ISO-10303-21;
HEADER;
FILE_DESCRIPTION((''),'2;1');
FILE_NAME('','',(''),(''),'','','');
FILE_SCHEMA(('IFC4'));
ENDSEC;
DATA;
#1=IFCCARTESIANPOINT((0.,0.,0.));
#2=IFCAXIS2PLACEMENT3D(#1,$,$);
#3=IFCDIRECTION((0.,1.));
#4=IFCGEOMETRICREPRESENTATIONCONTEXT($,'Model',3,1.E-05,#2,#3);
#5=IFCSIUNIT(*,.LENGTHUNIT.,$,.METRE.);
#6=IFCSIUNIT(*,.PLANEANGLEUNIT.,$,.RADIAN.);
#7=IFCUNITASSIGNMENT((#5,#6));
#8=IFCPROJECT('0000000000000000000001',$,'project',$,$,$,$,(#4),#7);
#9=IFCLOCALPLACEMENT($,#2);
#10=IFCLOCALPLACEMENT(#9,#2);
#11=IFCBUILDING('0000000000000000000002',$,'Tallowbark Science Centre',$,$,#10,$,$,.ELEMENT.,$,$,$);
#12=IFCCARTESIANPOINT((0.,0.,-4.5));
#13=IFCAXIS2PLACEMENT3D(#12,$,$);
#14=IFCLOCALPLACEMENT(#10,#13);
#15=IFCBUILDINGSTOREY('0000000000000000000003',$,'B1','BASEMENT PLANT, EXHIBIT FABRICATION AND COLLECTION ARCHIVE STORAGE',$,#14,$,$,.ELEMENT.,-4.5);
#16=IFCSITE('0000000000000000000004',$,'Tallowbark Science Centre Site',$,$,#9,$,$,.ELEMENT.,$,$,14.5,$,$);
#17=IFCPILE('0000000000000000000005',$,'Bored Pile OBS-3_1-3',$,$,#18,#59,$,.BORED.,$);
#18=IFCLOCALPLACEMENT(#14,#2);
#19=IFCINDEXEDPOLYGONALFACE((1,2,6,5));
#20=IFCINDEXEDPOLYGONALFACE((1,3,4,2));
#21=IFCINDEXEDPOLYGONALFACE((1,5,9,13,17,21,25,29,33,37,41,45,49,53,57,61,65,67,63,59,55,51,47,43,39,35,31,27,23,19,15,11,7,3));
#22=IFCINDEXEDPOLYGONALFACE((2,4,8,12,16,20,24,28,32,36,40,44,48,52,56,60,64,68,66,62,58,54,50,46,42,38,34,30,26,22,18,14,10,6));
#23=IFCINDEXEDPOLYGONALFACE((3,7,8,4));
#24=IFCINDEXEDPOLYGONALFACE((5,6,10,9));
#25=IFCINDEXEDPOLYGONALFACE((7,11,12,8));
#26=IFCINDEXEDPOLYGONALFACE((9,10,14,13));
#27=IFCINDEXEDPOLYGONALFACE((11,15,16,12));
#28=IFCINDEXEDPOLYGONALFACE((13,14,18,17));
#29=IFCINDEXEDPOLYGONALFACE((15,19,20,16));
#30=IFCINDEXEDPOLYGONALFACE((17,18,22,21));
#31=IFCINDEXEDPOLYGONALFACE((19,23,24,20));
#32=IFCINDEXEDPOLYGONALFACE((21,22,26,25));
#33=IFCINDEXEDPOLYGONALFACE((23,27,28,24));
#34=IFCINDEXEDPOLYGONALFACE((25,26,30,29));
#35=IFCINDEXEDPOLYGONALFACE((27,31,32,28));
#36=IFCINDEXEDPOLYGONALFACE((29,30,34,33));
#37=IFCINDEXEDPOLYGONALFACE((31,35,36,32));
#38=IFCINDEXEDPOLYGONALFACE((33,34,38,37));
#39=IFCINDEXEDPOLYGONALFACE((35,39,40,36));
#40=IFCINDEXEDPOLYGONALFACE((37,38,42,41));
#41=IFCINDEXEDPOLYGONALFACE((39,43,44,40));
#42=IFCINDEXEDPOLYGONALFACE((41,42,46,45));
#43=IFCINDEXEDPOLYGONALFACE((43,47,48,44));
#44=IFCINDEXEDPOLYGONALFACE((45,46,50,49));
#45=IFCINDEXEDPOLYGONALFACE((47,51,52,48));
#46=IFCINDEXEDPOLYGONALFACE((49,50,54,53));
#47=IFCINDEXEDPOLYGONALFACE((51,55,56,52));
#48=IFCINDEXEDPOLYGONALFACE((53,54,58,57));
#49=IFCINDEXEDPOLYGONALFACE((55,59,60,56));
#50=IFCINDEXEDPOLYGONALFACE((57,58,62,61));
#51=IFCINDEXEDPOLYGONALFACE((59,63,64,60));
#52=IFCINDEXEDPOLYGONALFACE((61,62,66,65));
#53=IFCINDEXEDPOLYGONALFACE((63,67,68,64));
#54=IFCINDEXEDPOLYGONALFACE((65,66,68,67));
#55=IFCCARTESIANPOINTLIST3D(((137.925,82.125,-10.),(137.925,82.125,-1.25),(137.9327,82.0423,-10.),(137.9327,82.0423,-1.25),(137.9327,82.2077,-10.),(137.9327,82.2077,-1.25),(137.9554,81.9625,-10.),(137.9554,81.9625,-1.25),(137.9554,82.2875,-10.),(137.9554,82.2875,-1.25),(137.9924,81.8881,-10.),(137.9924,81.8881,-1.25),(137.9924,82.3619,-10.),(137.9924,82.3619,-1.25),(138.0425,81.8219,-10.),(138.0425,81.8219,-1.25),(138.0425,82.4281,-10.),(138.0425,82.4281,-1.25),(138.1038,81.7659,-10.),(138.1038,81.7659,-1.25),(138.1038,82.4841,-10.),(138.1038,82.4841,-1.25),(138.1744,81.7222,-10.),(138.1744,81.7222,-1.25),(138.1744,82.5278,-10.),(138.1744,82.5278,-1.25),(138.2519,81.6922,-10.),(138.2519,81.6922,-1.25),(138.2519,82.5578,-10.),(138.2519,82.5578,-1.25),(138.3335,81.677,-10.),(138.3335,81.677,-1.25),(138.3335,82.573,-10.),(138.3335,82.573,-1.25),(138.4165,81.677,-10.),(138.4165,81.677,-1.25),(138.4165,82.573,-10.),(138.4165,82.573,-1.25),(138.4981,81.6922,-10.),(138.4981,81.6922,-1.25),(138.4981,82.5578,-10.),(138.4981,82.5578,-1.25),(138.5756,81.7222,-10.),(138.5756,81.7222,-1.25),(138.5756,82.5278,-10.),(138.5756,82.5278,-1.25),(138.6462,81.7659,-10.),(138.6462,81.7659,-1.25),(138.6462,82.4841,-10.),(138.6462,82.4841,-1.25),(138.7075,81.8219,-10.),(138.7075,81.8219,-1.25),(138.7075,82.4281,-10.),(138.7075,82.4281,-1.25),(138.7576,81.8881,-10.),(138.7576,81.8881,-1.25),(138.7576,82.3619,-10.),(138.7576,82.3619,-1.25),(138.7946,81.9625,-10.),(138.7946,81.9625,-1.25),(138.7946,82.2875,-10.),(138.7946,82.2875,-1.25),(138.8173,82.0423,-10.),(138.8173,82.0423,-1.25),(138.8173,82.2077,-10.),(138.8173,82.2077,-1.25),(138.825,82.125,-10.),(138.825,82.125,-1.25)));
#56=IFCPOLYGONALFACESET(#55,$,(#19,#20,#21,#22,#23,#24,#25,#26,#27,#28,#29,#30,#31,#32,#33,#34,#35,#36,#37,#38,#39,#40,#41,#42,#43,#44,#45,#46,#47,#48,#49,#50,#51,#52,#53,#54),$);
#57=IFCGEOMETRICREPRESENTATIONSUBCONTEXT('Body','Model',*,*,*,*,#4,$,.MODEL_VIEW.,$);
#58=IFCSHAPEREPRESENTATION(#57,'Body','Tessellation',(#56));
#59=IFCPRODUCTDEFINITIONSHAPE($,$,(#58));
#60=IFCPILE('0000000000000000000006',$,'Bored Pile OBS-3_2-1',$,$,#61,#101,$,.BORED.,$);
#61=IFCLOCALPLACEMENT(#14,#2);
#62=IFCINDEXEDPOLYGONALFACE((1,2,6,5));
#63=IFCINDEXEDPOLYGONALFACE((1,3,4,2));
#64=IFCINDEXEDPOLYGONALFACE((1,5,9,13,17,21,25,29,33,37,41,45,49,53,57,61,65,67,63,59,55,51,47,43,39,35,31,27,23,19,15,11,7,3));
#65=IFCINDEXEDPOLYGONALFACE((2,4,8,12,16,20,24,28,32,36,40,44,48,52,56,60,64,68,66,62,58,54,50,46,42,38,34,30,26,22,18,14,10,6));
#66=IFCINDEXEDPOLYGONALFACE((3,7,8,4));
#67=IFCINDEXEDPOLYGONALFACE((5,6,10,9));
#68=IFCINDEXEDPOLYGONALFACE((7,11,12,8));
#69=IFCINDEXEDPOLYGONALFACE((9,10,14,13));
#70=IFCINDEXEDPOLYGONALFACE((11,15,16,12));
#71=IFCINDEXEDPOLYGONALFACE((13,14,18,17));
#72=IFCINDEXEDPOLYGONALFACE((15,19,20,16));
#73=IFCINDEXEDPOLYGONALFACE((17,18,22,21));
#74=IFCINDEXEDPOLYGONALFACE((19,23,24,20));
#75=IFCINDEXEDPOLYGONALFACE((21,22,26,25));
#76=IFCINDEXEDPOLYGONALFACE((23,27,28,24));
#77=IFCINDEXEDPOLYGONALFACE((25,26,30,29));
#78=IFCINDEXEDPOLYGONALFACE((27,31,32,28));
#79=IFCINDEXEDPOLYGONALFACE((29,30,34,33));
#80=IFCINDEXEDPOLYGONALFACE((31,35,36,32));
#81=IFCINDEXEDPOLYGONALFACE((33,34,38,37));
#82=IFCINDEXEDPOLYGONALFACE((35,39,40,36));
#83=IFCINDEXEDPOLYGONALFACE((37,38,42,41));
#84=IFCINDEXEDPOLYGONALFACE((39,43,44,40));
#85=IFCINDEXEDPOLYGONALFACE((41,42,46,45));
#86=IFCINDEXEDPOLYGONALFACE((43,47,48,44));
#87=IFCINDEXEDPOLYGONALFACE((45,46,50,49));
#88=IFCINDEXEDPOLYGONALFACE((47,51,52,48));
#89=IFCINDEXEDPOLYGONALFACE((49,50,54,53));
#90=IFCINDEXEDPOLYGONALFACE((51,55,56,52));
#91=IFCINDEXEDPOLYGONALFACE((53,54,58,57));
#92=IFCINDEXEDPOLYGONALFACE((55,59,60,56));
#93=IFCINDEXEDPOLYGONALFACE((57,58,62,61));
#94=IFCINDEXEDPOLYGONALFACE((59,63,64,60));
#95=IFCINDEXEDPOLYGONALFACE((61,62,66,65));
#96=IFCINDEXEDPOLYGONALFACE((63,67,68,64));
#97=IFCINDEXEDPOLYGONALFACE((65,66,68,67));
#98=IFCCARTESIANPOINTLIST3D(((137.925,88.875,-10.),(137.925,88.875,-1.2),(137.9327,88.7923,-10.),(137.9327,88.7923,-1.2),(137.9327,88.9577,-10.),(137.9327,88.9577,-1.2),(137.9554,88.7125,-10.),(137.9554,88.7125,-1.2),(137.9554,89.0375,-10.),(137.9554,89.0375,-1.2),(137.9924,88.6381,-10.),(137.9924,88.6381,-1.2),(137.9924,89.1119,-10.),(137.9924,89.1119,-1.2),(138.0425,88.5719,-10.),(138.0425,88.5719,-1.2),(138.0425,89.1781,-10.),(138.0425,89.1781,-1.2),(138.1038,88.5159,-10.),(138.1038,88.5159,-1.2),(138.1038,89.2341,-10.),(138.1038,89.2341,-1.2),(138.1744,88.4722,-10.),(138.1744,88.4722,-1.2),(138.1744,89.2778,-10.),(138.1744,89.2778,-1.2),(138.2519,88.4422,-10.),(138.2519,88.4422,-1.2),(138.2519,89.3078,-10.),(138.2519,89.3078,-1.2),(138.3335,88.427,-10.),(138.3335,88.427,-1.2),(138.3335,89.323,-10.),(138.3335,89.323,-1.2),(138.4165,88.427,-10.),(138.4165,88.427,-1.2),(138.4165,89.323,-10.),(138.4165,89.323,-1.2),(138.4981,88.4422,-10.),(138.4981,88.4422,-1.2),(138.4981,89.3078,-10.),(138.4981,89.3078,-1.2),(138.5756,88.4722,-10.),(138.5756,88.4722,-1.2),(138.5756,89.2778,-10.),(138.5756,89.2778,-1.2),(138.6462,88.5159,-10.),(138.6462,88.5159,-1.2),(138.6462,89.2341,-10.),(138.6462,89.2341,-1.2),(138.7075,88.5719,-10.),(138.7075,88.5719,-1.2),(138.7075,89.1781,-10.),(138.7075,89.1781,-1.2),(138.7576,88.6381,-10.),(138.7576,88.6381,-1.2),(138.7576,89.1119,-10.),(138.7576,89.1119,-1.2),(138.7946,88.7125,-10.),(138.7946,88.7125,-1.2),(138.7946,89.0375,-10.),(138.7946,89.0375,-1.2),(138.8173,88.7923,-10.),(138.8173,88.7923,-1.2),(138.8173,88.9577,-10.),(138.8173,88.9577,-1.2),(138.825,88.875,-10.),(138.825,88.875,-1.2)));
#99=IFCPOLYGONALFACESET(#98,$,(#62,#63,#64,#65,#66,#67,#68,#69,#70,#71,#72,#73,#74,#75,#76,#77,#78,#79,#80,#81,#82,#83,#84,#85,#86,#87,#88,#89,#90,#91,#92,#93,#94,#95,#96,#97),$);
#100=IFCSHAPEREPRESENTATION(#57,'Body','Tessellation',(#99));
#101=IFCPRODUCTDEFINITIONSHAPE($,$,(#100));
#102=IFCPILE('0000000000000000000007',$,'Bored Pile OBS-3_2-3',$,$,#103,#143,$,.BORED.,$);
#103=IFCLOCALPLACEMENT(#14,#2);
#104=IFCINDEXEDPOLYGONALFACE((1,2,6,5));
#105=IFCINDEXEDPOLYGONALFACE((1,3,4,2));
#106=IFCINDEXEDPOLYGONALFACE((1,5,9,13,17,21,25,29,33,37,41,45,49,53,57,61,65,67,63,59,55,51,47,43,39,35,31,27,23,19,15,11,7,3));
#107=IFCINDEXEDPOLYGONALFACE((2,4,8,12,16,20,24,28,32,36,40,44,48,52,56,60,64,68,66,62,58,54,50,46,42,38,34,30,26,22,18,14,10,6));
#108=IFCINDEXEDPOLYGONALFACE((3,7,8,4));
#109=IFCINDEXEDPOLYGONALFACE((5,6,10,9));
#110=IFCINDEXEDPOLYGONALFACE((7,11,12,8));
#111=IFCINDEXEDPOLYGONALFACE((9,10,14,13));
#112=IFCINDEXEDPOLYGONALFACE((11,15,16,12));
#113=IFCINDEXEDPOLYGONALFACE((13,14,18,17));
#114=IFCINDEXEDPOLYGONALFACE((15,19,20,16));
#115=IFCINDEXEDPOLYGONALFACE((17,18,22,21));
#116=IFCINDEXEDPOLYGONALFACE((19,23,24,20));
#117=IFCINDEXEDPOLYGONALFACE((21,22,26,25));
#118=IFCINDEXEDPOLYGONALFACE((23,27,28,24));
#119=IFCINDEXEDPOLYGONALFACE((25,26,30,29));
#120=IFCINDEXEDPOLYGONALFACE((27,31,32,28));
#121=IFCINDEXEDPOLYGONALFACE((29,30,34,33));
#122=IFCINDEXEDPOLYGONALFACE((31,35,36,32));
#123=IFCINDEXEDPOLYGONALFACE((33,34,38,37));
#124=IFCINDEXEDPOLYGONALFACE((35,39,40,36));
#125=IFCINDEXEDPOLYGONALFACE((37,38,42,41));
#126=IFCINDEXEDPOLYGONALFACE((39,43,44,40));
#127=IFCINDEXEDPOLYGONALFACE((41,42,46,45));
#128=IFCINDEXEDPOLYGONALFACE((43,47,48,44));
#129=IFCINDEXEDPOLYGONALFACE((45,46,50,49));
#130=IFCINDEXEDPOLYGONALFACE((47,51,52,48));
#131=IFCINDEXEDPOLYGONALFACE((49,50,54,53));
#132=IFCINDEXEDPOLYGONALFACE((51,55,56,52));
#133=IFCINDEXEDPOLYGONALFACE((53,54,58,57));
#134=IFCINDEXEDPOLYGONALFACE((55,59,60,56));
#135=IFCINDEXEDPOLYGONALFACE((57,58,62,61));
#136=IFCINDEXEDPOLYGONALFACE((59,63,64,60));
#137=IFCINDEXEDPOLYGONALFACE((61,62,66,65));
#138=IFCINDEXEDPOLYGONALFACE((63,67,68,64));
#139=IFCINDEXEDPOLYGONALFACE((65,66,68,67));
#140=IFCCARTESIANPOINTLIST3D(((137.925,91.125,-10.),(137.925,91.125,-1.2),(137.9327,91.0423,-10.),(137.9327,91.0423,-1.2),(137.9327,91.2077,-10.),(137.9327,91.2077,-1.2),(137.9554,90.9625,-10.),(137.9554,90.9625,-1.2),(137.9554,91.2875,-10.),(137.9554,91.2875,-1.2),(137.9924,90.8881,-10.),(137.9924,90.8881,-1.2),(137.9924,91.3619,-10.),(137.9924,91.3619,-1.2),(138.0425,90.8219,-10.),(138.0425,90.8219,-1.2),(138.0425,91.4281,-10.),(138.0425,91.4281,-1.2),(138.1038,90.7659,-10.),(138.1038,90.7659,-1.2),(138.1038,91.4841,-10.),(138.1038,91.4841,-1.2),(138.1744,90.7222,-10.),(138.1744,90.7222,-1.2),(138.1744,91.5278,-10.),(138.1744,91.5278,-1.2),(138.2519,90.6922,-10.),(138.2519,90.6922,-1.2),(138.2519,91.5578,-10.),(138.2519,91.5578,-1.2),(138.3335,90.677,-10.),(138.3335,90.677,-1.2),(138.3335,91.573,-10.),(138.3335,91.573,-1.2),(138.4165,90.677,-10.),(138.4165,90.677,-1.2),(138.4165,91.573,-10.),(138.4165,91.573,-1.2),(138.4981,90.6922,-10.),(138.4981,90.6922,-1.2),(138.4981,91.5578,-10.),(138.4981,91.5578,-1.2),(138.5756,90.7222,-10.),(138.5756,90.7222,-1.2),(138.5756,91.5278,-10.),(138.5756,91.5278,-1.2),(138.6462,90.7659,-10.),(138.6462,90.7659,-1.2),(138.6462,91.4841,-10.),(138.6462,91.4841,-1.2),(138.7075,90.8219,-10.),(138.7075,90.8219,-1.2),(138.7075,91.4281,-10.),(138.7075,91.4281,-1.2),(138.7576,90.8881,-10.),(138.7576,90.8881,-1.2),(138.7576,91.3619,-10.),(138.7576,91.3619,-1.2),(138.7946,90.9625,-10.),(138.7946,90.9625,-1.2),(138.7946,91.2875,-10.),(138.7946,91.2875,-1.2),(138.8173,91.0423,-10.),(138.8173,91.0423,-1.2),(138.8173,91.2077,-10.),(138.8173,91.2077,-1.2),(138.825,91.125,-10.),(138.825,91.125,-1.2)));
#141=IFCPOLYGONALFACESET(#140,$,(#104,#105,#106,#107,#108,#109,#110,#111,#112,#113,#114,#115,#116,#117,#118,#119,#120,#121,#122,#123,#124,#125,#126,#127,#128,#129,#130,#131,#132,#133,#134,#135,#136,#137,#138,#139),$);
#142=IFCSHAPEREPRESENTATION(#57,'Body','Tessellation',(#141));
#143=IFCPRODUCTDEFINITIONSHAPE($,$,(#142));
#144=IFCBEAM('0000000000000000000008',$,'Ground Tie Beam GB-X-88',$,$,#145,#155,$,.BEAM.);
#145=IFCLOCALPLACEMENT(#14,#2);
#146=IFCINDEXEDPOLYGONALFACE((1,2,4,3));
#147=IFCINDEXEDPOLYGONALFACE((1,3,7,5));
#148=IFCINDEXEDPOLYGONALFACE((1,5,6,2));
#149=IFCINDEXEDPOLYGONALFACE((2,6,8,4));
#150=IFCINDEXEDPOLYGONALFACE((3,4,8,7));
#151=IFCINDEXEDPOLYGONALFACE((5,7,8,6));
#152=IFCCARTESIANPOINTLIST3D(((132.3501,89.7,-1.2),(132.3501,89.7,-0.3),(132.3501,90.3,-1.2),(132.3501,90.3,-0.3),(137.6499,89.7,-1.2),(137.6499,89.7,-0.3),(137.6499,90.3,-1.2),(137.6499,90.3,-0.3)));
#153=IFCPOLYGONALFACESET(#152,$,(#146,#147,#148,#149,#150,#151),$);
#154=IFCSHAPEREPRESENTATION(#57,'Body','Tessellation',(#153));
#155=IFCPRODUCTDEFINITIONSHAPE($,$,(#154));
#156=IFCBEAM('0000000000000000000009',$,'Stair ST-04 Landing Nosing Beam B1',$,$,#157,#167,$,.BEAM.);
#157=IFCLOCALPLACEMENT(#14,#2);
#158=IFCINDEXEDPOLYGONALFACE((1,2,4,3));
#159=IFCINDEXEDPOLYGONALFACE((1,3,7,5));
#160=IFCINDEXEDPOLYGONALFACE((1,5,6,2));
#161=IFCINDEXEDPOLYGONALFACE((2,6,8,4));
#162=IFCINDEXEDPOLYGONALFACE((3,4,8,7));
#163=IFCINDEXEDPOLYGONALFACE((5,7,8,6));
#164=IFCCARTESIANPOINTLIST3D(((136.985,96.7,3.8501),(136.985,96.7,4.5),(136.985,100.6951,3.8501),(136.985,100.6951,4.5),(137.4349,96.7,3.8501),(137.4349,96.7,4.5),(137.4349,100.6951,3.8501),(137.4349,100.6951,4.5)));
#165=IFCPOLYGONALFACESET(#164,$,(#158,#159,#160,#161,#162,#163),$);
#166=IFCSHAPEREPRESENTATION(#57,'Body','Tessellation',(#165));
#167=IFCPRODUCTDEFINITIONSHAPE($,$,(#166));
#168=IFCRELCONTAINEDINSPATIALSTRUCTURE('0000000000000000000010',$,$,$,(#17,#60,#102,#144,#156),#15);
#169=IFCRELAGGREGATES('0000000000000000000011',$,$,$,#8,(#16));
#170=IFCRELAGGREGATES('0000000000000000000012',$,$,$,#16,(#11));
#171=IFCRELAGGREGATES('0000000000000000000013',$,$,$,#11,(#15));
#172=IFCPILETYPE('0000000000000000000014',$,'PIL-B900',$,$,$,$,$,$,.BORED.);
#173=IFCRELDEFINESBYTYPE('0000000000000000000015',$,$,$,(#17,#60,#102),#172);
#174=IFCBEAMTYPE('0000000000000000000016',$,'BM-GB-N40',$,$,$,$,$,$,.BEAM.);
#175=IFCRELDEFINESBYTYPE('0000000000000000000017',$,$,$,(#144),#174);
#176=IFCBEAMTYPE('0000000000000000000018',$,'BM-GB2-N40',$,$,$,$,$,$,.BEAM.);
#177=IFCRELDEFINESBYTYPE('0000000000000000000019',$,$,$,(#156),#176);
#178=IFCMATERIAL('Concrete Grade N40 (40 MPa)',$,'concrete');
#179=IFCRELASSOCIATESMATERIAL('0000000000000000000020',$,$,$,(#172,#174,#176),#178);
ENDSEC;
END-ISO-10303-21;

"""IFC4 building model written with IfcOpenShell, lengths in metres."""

from ifc_helpers import new_model, si_unit, direction, frame, origin, origin_2d, place, context, subcontext, project, spatial, rectangle, circle, extrude, material, material_profile, profile_set, type_object, element, save


model = new_model("IFC4")

# Units and contexts
model_context = context("Model", 3, precision=1e-05, world=origin(), true_north=direction((0.0, 1.0)))
body_context = subcontext(model_context, "Body", "Model", "MODEL_VIEW")
ifc_project = project(units=[si_unit("LENGTHUNIT", "METRE"), si_unit("PLANEANGLEUNIT", "RADIAN")], contexts=[model_context])

# Site, building, storey
site_placement = place(None, origin())
site = spatial("IfcSite", under=ifc_project, at=site_placement, Name="Tallowbark Science Centre Site", CompositionType="ELEMENT", RefElevation=14.5)
building_placement = place(site_placement, origin())
building = spatial("IfcBuilding", under=site, at=building_placement, Name="Tallowbark Science Centre", CompositionType="ELEMENT")
storey_placement = place(building_placement, frame((0.0, 0.0, -4.5)))
storey = spatial("IfcBuildingStorey", under=building, at=storey_placement, Name="B1", Description="BASEMENT PLANT, EXHIBIT FABRICATION AND COLLECTION ARCHIVE STORAGE", CompositionType="ELEMENT", Elevation=-4.5)

# Piles
ifc_material_1 = material(Name="Concrete Grade N40 (40 MPa)", Category="concrete")
ifc_material_profile_1 = material_profile(ifc_material_1, circle(Radius=0.45, at=origin_2d()), Name="PILE900")
ifc_profile_set_1 = profile_set([ifc_material_profile_1], Name="Concrete Grade N40 (40 MPa)")
pile_type = type_object("IfcPileType", Name="PIL-B900", PredefinedType="BORED", material=ifc_profile_set_1)
for number, where, z_axis, x_axis, name in (
    (1, (138.375, 82.125, -1.25), (0.0, 0.0, -1.0), (1.0, 0.0, 0.0), "Bored Pile OBS-3_1-3"),
):
    element("IfcPile", number, at=place(storey_placement, frame(where, z_axis=z_axis, x_axis=x_axis)), inside=storey, type_object=pile_type, Name=name, PredefinedType="BORED", context=body_context, shape_type="SweptSolid", body=[
        extrude(circle(Radius=0.45, at=origin_2d()), origin(), (0.0, 0.0, 1.0), 8.75),
    ])
for number, where, z_axis, x_axis, name in (
    (2, (138.375, 88.875, -1.2), (0.0, 0.0, -1.0), (1.0, 0.0, 0.0), "Bored Pile OBS-3_2-1"),
    (3, (138.375, 91.125, -1.2), (0.0, 0.0, -1.0), (1.0, 0.0, 0.0), "Bored Pile OBS-3_2-3"),
):
    element("IfcPile", number, at=place(storey_placement, frame(where, z_axis=z_axis, x_axis=x_axis)), inside=storey, type_object=pile_type, Name=name, PredefinedType="BORED", context=body_context, shape_type="SweptSolid", body=[
        extrude(circle(Radius=0.45, at=origin_2d()), origin(), (0.0, 0.0, 1.0), 8.8),
    ])

# Beams
ifc_material_profile_2 = material_profile(ifc_material_1, rectangle(XDim=0.6001, YDim=0.8999, at=origin_2d()), Name="RC600x900")
ifc_profile_set_2 = profile_set([ifc_material_profile_2], Name="Concrete Grade N40 (40 MPa)")
beam_type_1 = type_object("IfcBeamType", Name="BM-GB-N40", PredefinedType="BEAM", material=ifc_profile_set_2)
beam_1_placement = place(storey_placement, frame((132.3501, 90.0, -0.75), z_axis=(1.0, 0.0, 0.0), x_axis=(0.0, 1.0, 0.0)))
element("IfcBeam", 4, at=beam_1_placement, inside=storey, type_object=beam_type_1, Name="Ground Tie Beam GB-X-88", PredefinedType="BEAM", context=body_context, shape_type="SweptSolid", body=[
    extrude(rectangle(XDim=0.6001, YDim=0.8999, at=origin_2d()), origin(), (0.0, 0.0, 1.0), 5.2998),
])
ifc_material_profile_3 = material_profile(ifc_material_1, rectangle(XDim=0.45, YDim=0.6499, at=origin_2d()), Name="RC450x650")
ifc_profile_set_3 = profile_set([ifc_material_profile_3], Name="Concrete Grade N40 (40 MPa)")
beam_type_2 = type_object("IfcBeamType", Name="BM-GB2-N40", PredefinedType="BEAM", material=ifc_profile_set_3)
beam_2_placement = place(storey_placement, frame((137.21, 96.7, 4.175), z_axis=(0.0, 1.0, 0.0), x_axis=(-1.0, 0.0, 0.0)))
element("IfcBeam", 5, at=beam_2_placement, inside=storey, type_object=beam_type_2, Name="Stair ST-04 Landing Nosing Beam B1", PredefinedType="BEAM", context=body_context, shape_type="SweptSolid", body=[
    extrude(rectangle(XDim=0.45, YDim=0.6499, at=origin_2d()), origin(), (0.0, 0.0, 1.0), 3.9951),
])

save(model, "model.ifc")
